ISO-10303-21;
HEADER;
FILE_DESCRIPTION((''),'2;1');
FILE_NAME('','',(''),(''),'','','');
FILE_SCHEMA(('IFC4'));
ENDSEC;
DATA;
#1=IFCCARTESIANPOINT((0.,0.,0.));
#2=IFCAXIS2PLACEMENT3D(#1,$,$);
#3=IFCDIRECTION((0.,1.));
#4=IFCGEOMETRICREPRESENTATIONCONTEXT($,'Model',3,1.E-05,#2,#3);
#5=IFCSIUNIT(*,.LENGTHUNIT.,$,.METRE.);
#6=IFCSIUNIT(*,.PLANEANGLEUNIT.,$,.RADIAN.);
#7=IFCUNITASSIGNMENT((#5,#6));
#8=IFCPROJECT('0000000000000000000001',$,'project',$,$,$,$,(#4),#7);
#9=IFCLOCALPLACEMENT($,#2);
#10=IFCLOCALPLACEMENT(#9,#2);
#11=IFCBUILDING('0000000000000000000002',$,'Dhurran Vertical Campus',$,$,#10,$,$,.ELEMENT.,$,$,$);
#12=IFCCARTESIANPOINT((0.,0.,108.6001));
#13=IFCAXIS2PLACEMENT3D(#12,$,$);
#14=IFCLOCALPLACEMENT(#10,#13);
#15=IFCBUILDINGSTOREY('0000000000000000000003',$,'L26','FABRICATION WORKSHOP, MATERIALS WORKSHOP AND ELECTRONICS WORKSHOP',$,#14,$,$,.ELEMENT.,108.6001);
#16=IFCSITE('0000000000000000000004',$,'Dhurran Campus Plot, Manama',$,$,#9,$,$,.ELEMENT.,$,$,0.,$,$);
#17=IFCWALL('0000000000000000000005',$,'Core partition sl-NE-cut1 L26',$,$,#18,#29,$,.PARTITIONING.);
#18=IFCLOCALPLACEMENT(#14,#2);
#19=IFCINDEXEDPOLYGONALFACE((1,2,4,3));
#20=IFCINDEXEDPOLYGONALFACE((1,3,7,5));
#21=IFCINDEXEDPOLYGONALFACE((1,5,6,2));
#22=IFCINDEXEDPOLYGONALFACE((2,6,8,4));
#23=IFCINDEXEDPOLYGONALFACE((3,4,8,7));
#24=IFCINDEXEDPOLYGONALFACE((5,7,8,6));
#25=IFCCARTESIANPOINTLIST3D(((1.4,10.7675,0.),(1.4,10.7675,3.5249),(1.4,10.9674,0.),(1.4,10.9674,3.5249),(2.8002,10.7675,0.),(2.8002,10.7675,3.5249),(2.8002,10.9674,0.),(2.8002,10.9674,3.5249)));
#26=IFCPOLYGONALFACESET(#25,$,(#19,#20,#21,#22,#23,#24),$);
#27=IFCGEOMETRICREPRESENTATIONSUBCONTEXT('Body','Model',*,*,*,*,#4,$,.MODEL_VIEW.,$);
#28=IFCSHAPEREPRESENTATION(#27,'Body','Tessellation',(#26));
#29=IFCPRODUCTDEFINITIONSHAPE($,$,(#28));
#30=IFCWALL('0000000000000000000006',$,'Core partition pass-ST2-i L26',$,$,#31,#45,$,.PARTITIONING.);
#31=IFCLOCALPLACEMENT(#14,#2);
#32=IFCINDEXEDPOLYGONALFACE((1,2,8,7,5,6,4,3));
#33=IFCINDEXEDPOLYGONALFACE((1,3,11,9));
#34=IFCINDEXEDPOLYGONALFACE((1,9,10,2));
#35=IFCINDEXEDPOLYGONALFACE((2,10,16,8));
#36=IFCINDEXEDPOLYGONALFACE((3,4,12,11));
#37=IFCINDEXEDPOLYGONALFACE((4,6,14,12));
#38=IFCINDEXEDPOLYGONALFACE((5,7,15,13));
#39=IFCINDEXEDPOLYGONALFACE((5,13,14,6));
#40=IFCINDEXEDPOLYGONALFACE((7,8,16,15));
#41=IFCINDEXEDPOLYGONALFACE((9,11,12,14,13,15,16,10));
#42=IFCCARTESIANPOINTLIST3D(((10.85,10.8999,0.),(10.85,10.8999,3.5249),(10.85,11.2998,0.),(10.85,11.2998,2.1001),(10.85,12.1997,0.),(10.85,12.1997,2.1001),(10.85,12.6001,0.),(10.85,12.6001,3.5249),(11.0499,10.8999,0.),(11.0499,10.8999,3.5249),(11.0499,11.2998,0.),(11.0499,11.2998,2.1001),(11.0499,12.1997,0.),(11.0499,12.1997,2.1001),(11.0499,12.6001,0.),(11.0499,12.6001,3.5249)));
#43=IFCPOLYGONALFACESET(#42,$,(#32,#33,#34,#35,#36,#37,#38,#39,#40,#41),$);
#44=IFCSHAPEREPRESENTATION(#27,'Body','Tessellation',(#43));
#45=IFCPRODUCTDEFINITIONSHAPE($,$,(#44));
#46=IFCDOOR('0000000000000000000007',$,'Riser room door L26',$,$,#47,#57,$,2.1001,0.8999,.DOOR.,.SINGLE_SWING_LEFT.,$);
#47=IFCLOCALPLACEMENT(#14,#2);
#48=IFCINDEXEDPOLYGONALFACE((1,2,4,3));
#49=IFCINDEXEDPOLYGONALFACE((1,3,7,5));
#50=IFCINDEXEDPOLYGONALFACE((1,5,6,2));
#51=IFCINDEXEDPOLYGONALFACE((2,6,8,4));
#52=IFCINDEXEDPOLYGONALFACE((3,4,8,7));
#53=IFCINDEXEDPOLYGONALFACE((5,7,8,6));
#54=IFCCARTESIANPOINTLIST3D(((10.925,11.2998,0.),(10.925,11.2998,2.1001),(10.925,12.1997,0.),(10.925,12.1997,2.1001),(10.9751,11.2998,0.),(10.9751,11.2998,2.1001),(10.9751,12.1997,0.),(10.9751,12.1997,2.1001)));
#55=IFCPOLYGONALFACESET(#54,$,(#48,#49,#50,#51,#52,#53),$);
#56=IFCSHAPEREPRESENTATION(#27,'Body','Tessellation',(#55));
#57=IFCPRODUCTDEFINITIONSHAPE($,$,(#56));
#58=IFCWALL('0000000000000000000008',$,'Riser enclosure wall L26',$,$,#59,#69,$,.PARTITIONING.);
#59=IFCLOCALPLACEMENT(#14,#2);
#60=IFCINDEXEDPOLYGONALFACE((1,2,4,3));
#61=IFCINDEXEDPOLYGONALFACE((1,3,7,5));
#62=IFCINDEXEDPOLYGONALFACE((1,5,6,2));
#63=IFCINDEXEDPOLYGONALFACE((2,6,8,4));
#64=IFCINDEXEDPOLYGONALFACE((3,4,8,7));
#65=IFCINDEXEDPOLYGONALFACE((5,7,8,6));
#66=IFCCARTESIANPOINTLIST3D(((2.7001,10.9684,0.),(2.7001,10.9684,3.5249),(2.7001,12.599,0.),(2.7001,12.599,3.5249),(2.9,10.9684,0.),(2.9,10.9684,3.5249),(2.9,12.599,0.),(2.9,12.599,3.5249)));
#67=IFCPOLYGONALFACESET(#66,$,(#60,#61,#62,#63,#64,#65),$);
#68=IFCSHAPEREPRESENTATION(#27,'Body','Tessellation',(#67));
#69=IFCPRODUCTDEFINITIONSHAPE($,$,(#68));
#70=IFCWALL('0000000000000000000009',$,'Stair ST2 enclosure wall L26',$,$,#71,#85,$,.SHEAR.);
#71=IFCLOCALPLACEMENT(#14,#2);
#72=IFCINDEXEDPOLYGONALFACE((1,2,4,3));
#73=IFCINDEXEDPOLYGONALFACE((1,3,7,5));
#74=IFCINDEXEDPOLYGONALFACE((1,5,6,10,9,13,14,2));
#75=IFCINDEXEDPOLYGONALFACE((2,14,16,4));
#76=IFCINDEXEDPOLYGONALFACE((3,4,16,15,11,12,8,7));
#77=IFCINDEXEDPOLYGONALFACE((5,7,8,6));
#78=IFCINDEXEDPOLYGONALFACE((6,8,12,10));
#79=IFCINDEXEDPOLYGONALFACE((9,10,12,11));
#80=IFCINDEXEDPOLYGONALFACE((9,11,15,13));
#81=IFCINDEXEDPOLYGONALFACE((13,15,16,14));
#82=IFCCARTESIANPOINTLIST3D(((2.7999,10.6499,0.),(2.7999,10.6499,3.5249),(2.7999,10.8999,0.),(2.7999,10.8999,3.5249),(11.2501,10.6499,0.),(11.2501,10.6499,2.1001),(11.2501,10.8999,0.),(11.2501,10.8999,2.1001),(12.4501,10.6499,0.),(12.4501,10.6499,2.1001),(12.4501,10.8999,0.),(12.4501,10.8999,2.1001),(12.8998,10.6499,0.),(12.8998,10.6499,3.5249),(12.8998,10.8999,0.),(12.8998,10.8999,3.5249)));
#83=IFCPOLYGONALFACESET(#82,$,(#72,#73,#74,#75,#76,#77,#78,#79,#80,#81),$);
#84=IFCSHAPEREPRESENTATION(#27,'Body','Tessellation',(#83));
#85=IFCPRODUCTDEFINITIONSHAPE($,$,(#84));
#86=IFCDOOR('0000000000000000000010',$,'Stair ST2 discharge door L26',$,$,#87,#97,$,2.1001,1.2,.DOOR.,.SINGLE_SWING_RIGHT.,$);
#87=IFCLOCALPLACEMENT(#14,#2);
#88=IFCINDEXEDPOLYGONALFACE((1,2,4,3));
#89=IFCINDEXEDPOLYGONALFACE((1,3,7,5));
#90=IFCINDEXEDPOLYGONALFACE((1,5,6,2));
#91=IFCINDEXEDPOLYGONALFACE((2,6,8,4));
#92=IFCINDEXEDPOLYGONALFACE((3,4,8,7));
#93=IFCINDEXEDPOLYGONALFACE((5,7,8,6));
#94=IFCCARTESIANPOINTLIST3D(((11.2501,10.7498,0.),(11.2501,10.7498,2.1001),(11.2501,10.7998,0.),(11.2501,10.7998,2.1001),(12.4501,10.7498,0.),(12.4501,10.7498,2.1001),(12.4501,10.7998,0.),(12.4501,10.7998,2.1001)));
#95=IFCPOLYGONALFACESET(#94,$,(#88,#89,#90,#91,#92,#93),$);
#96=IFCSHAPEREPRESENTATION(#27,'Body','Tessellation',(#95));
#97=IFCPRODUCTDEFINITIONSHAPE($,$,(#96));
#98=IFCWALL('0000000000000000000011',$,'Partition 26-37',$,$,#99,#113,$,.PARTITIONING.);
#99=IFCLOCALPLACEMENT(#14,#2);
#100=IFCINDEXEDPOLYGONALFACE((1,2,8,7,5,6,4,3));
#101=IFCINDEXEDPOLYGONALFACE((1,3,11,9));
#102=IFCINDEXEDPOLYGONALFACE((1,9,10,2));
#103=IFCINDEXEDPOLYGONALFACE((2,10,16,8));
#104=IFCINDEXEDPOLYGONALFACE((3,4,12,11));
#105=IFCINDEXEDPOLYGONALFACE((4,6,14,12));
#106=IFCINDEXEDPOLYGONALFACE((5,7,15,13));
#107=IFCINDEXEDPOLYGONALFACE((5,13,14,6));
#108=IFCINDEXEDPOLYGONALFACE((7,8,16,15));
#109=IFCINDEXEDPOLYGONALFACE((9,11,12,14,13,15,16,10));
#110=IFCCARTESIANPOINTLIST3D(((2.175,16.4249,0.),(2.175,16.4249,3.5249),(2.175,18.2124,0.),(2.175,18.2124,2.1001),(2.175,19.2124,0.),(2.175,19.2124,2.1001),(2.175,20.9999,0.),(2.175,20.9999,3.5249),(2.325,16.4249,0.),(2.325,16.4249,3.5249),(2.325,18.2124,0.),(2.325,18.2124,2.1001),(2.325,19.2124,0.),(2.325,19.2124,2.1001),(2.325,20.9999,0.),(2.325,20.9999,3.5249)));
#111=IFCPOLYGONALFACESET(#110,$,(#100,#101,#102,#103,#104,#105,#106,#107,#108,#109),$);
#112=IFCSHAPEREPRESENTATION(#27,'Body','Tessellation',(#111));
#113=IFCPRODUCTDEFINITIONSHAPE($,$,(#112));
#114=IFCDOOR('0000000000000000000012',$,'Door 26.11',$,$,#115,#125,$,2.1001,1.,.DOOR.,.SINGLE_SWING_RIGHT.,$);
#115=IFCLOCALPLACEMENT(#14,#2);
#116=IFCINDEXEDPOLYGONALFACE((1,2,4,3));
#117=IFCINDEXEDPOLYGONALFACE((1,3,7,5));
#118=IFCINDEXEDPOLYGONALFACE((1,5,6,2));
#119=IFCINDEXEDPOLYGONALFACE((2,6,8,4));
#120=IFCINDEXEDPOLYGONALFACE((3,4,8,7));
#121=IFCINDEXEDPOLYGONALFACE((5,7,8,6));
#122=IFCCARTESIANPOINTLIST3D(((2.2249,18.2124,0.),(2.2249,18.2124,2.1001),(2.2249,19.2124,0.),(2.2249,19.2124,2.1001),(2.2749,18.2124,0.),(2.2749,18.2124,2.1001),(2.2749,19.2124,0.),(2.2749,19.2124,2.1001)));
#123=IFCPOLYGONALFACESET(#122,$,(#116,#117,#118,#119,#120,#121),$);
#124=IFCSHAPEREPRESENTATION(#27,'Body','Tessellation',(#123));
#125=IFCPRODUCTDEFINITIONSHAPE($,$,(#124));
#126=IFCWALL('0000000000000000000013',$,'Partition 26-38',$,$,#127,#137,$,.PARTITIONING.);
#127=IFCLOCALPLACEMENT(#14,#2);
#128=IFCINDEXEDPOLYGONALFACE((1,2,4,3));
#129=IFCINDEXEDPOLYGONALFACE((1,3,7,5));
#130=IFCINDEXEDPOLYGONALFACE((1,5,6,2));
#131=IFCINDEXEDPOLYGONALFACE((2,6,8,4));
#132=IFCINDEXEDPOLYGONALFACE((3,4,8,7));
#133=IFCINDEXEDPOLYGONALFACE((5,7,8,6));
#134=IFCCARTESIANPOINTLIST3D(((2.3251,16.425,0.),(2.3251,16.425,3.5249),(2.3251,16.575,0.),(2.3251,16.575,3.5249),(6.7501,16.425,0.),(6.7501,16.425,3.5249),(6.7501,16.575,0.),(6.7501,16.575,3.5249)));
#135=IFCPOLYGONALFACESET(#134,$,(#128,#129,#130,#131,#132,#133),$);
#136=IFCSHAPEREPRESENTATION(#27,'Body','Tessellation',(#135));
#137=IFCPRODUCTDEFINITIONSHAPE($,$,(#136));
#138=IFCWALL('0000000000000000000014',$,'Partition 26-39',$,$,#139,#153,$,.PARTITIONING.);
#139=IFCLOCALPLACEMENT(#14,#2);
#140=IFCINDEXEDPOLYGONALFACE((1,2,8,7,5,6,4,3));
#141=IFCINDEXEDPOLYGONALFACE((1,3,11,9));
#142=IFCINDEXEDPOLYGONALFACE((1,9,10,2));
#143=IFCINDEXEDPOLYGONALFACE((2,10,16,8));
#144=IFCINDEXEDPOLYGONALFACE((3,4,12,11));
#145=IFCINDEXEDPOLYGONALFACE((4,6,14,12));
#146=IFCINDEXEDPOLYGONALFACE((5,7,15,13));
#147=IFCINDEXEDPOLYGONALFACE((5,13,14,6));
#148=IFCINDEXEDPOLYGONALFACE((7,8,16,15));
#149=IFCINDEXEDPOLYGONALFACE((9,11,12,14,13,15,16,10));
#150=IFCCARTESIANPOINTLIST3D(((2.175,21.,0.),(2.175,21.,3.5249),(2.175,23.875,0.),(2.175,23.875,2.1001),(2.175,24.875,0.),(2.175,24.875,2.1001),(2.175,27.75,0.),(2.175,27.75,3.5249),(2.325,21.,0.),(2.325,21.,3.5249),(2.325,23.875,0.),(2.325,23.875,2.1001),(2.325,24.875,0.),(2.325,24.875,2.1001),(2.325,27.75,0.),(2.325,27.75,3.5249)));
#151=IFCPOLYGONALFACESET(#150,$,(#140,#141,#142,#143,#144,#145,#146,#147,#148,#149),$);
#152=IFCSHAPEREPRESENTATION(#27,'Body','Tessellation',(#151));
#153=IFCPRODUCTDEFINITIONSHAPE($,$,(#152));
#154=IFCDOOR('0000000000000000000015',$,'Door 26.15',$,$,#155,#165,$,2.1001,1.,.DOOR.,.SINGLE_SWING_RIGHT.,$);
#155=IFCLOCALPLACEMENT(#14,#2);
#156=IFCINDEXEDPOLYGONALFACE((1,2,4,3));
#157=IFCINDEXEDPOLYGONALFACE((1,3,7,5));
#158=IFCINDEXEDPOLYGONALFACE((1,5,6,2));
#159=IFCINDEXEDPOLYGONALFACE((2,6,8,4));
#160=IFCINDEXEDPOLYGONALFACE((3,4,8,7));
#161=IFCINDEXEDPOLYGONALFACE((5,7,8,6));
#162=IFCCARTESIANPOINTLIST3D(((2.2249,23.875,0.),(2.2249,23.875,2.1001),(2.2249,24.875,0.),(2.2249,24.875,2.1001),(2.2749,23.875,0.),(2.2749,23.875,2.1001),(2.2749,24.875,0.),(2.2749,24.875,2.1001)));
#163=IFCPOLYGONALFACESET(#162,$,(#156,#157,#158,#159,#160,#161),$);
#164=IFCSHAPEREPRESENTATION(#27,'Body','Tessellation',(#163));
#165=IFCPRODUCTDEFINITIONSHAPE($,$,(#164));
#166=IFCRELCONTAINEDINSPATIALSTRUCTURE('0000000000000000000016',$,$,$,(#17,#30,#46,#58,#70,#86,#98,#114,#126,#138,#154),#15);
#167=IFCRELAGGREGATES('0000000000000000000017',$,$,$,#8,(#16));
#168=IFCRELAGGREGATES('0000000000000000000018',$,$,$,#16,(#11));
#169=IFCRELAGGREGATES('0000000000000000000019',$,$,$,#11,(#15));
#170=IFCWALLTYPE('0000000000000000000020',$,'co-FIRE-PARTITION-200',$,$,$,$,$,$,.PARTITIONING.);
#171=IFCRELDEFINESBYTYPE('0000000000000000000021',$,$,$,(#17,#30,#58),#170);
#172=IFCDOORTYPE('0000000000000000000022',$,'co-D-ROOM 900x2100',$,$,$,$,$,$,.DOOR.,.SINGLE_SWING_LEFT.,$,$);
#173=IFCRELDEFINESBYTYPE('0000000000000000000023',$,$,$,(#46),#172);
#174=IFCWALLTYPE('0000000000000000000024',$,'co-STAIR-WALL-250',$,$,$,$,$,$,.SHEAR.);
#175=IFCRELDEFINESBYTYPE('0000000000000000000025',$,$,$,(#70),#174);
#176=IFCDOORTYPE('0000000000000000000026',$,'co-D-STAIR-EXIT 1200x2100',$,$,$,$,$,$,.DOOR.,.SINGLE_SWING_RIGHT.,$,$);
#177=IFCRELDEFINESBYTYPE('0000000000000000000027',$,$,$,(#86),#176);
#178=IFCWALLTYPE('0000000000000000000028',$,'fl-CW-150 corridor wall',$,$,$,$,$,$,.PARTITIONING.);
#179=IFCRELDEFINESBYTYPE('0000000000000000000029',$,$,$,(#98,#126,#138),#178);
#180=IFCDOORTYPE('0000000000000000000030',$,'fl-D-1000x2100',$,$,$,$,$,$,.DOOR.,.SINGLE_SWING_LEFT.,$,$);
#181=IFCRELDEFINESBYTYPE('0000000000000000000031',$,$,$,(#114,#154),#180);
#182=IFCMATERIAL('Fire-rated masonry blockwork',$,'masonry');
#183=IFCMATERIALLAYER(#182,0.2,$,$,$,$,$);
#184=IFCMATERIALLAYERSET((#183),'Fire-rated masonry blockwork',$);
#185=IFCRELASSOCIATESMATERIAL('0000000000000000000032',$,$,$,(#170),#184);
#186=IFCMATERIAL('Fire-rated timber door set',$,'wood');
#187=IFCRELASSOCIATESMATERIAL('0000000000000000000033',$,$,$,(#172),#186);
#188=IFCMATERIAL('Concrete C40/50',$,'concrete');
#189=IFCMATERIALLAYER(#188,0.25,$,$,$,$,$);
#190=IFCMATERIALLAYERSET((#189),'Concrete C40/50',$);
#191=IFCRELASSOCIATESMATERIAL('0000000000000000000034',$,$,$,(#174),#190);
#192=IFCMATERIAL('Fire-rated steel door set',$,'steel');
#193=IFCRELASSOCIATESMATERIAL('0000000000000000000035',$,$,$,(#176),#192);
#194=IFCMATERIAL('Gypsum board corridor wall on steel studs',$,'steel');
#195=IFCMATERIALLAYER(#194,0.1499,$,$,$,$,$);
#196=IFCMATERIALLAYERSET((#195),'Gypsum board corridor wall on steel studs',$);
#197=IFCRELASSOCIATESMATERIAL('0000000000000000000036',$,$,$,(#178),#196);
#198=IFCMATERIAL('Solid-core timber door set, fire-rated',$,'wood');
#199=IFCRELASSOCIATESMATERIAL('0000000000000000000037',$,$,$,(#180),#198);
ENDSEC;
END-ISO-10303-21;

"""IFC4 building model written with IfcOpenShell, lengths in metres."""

from ifc_helpers import new_model, si_unit, direction, frame, frame_2d, origin, place, context, subcontext, project, spatial, rectangle, extrude, material, layer, layer_set, type_object, element, fill, save


model = new_model("IFC4")

# Units and contexts
model_context = context("Model", 3, precision=1e-05, world=origin(), true_north=direction((0.0, 1.0)))
body_context = subcontext(model_context, "Body", "Model", "MODEL_VIEW")
ifc_project = project(units=[si_unit("LENGTHUNIT", "METRE"), si_unit("PLANEANGLEUNIT", "RADIAN")], contexts=[model_context])

# Site, building, storey
site_placement = place(None, origin())
site = spatial("IfcSite", under=ifc_project, at=site_placement, Name="Dhurran Campus Plot, Manama", CompositionType="ELEMENT", RefElevation=0.0)
building_placement = place(site_placement, origin())
building = spatial("IfcBuilding", under=site, at=building_placement, Name="Dhurran Vertical Campus", CompositionType="ELEMENT")
storey_placement = place(building_placement, frame((0.0, 0.0, 108.6001)))
storey = spatial("IfcBuildingStorey", under=building, at=storey_placement, Name="L26", Description="FABRICATION WORKSHOP, MATERIALS WORKSHOP AND ELECTRONICS WORKSHOP", CompositionType="ELEMENT", Elevation=108.6001)

# Wall
ifc_material_1 = material(Name="Fire-rated masonry blockwork", Category="masonry")
ifc_layer_1 = layer(ifc_material_1, 0.2)
ifc_layer_set_1 = layer_set([ifc_layer_1], Name="Fire-rated masonry blockwork")
wall_type_1 = type_object("IfcWallType", Name="co-FIRE-PARTITION-200", PredefinedType="PARTITIONING", material=ifc_layer_set_1)
wall_1_placement = place(storey_placement, frame((1.3999, 10.8674, 0.0), z_axis=(0.0, 0.0, 1.0), x_axis=(1.0, 0.0, 0.0)))
element("IfcWall", 1, at=wall_1_placement, inside=storey, type_object=wall_type_1, Name="Core partition sl-NE-cut1 L26", PredefinedType="PARTITIONING", context=body_context, shape_type="SweptSolid", body=[
    extrude(rectangle(XDim=1.4001, YDim=0.2, at=frame_2d((0.7002, 0.0))), origin(), (0.0, 0.0, 1.0), 3.5249),
])

# Wall, opening, door
wall_2_placement = place(storey_placement, frame((10.95, 10.8999, 0.0), z_axis=(0.0, 0.0, 1.0), x_axis=(0.0, 1.0, 0.0)))
wall_2 = element("IfcWall", 2, at=wall_2_placement, inside=storey, type_object=wall_type_1, Name="Core partition pass-ST2-i L26", PredefinedType="PARTITIONING", context=body_context, shape_type="SweptSolid", body=[
    extrude(rectangle(XDim=1.7002, YDim=0.2, at=frame_2d((0.8501, 0.0))), origin(), (0.0, 0.0, 1.0), 3.5249),
])
opening_1_placement = place(wall_2_placement, frame((0.3999, 0.0, 0.0)))
opening_1 = element("IfcOpeningElement", 3, at=opening_1_placement, cuts=wall_2, PredefinedType="OPENING", context=body_context, shape_type="SweptSolid", body=[
    extrude(rectangle(XDim=0.8999, YDim=2.1001, at=frame_2d((0.45, 1.05))), frame((0.0, 0.1099, 0.0), z_axis=(0.0, -1.0, 0.0), x_axis=(1.0, 0.0, 0.0)), (0.0, 0.0, 1.0), 0.22),
])
ifc_material_2 = material(Name="Fire-rated timber door set", Category="wood")
door_type_1 = type_object("IfcDoorType", Name="co-D-ROOM 900x2100", OperationType="SINGLE_SWING_LEFT", PredefinedType="DOOR", material=ifc_material_2)
door_1_placement = place(opening_1_placement, origin())
door_1 = element("IfcDoor", 4, at=door_1_placement, inside=storey, type_object=door_type_1, Name="Riser room door L26", OperationType="SINGLE_SWING_LEFT", OverallHeight=2.1001, OverallWidth=0.8999, PredefinedType="DOOR", context=body_context, shape_type="SweptSolid", body=[
    extrude(rectangle(XDim=0.8999, YDim=2.1001, at=frame_2d((0.45, 1.05))), frame((0.0, 0.0249, 0.0), z_axis=(0.0, -1.0, 0.0), x_axis=(1.0, 0.0, 0.0)), (0.0, 0.0, 1.0), 0.05),
])
fill(opening_1, door_1)

# Wall
wall_3_placement = place(storey_placement, frame((2.8, 12.5991, 0.0), z_axis=(0.0, 0.0, 1.0), x_axis=(0.0, -1.0, 0.0)))
element("IfcWall", 5, at=wall_3_placement, inside=storey, type_object=wall_type_1, Name="Riser enclosure wall L26", PredefinedType="PARTITIONING", context=body_context, shape_type="SweptSolid", body=[
    extrude(rectangle(XDim=1.6306, YDim=0.2, at=frame_2d((0.8154, 0.0))), origin(), (0.0, 0.0, 1.0), 3.5249),
])

# Walls, openings, doors
ifc_material_3 = material(Name="Concrete C40/50", Category="concrete")
ifc_layer_2 = layer(ifc_material_3, 0.25)
ifc_layer_set_2 = layer_set([ifc_layer_2], Name="Concrete C40/50")
wall_type_2 = type_object("IfcWallType", Name="co-STAIR-WALL-250", PredefinedType="SHEAR", material=ifc_layer_set_2)
wall_4_placement = place(storey_placement, frame((2.8, 10.7749, 0.0), z_axis=(0.0, 0.0, 1.0), x_axis=(1.0, 0.0, 0.0)))
wall_4 = element("IfcWall", 6, at=wall_4_placement, inside=storey, type_object=wall_type_2, Name="Stair ST2 enclosure wall L26", PredefinedType="SHEAR", context=body_context, shape_type="SweptSolid", body=[
    extrude(rectangle(XDim=10.0999, YDim=0.25, at=frame_2d((5.0498, 0.0))), origin(), (0.0, 0.0, 1.0), 3.5249),
])
opening_2_placement = place(wall_4_placement, frame((8.45, 0.0, 0.0)))
opening_2 = element("IfcOpeningElement", 7, at=opening_2_placement, cuts=wall_4, PredefinedType="OPENING", context=body_context, shape_type="SweptSolid", body=[
    extrude(rectangle(XDim=1.2, YDim=2.1001, at=frame_2d((0.6001, 1.05))), frame((0.0, 0.135, 0.0), z_axis=(0.0, -1.0, 0.0), x_axis=(1.0, 0.0, 0.0)), (0.0, 0.0, 1.0), 0.27),
])
ifc_material_4 = material(Name="Fire-rated steel door set", Category="steel")
door_type_2 = type_object("IfcDoorType", Name="co-D-STAIR-EXIT 1200x2100", OperationType="SINGLE_SWING_RIGHT", PredefinedType="DOOR", material=ifc_material_4)
door_2_placement = place(opening_2_placement, origin())
door_2 = element("IfcDoor", 8, at=door_2_placement, inside=storey, type_object=door_type_2, Name="Stair ST2 discharge door L26", OperationType="SINGLE_SWING_RIGHT", OverallHeight=2.1001, OverallWidth=1.2, PredefinedType="DOOR", context=body_context, shape_type="SweptSolid", body=[
    extrude(rectangle(XDim=1.2, YDim=2.1001, at=frame_2d((0.6001, 1.05))), frame((0.0, 0.0249, 0.0), z_axis=(0.0, -1.0, 0.0), x_axis=(1.0, 0.0, 0.0)), (0.0, 0.0, 1.0), 0.05),
])
fill(opening_2, door_2)
ifc_material_5 = material(Name="Gypsum board corridor wall on steel studs", Category="steel")
ifc_layer_3 = layer(ifc_material_5, 0.1499)
ifc_layer_set_3 = layer_set([ifc_layer_3], Name="Gypsum board corridor wall on steel studs")
wall_type_3 = type_object("IfcWallType", Name="fl-CW-150 corridor wall", PredefinedType="PARTITIONING", material=ifc_layer_set_3)
wall_5_placement = place(storey_placement, frame((2.25, 21.0, 0.0), z_axis=(0.0, 0.0, 1.0), x_axis=(0.0, -1.0, 0.0)))
wall_5 = element("IfcWall", 9, at=wall_5_placement, inside=storey, type_object=wall_type_3, Name="Partition 26-37", PredefinedType="PARTITIONING", context=body_context, shape_type="SweptSolid", body=[
    extrude(rectangle(XDim=4.575, YDim=0.1499, at=frame_2d((2.2876, 0.0))), origin(), (0.0, 0.0, 1.0), 3.5249),
])
opening_3_placement = place(wall_5_placement, frame((1.7876, 0.0, 0.0)))
opening_3 = element("IfcOpeningElement", 10, at=opening_3_placement, cuts=wall_5, PredefinedType="OPENING", context=body_context, shape_type="SweptSolid", body=[
    extrude(rectangle(XDim=1.0, YDim=2.1001, at=frame_2d((0.5, 1.05))), frame((0.0, 0.085, 0.0), z_axis=(0.0, -1.0, 0.0), x_axis=(1.0, 0.0, 0.0)), (0.0, 0.0, 1.0), 0.1699),
])
ifc_material_6 = material(Name="Solid-core timber door set, fire-rated", Category="wood")
door_type_3 = type_object("IfcDoorType", Name="fl-D-1000x2100", OperationType="SINGLE_SWING_LEFT", PredefinedType="DOOR", material=ifc_material_6)
door_3_placement = place(opening_3_placement, origin())
door_3 = element("IfcDoor", 11, at=door_3_placement, inside=storey, type_object=door_type_3, Name="Door 26.11", OperationType="SINGLE_SWING_RIGHT", OverallHeight=2.1001, OverallWidth=1.0, PredefinedType="DOOR", context=body_context, shape_type="SweptSolid", body=[
    extrude(rectangle(XDim=1.0, YDim=2.1001, at=frame_2d((0.5, 1.05))), frame((0.0, 0.0249, 0.0), z_axis=(0.0, -1.0, 0.0), x_axis=(1.0, 0.0, 0.0)), (0.0, 0.0, 1.0), 0.05),
])
fill(opening_3, door_3)

# Wall
wall_6_placement = place(storey_placement, frame((6.75, 16.5, 0.0), z_axis=(0.0, 0.0, 1.0), x_axis=(-1.0, 0.0, 0.0)))
element("IfcWall", 12, at=wall_6_placement, inside=storey, type_object=wall_type_3, Name="Partition 26-38", PredefinedType="PARTITIONING", context=body_context, shape_type="SweptSolid", body=[
    extrude(rectangle(XDim=4.425, YDim=0.1499, at=frame_2d((2.2124, 0.0))), origin(), (0.0, 0.0, 1.0), 3.5249),
])

# Wall, opening, door
wall_7_placement = place(storey_placement, frame((2.25, 27.75, 0.0), z_axis=(0.0, 0.0, 1.0), x_axis=(0.0, -1.0, 0.0)))
wall_7 = element("IfcWall", 13, at=wall_7_placement, inside=storey, type_object=wall_type_3, Name="Partition 26-39", PredefinedType="PARTITIONING", context=body_context, shape_type="SweptSolid", body=[
    extrude(rectangle(XDim=6.75, YDim=0.1499, at=frame_2d((3.375, 0.0))), origin(), (0.0, 0.0, 1.0), 3.5249),
])
opening_4_placement = place(wall_7_placement, frame((2.875, 0.0, 0.0)))
opening_4 = element("IfcOpeningElement", 14, at=opening_4_placement, cuts=wall_7, PredefinedType="OPENING", context=body_context, shape_type="SweptSolid", body=[
    extrude(rectangle(XDim=1.0, YDim=2.1001, at=frame_2d((0.5, 1.05))), frame((0.0, 0.085, 0.0), z_axis=(0.0, -1.0, 0.0), x_axis=(1.0, 0.0, 0.0)), (0.0, 0.0, 1.0), 0.1699),
])
door_4_placement = place(opening_4_placement, origin())
door_4 = element("IfcDoor", 15, at=door_4_placement, inside=storey, type_object=door_type_3, Name="Door 26.15", OperationType="SINGLE_SWING_RIGHT", OverallHeight=2.1001, OverallWidth=1.0, PredefinedType="DOOR", context=body_context, shape_type="SweptSolid", body=[
    extrude(rectangle(XDim=1.0, YDim=2.1001, at=frame_2d((0.5, 1.05))), frame((0.0, 0.0249, 0.0), z_axis=(0.0, -1.0, 0.0), x_axis=(1.0, 0.0, 0.0)), (0.0, 0.0, 1.0), 0.05),
])
fill(opening_4, door_4)

save(model, "model.ifc")
